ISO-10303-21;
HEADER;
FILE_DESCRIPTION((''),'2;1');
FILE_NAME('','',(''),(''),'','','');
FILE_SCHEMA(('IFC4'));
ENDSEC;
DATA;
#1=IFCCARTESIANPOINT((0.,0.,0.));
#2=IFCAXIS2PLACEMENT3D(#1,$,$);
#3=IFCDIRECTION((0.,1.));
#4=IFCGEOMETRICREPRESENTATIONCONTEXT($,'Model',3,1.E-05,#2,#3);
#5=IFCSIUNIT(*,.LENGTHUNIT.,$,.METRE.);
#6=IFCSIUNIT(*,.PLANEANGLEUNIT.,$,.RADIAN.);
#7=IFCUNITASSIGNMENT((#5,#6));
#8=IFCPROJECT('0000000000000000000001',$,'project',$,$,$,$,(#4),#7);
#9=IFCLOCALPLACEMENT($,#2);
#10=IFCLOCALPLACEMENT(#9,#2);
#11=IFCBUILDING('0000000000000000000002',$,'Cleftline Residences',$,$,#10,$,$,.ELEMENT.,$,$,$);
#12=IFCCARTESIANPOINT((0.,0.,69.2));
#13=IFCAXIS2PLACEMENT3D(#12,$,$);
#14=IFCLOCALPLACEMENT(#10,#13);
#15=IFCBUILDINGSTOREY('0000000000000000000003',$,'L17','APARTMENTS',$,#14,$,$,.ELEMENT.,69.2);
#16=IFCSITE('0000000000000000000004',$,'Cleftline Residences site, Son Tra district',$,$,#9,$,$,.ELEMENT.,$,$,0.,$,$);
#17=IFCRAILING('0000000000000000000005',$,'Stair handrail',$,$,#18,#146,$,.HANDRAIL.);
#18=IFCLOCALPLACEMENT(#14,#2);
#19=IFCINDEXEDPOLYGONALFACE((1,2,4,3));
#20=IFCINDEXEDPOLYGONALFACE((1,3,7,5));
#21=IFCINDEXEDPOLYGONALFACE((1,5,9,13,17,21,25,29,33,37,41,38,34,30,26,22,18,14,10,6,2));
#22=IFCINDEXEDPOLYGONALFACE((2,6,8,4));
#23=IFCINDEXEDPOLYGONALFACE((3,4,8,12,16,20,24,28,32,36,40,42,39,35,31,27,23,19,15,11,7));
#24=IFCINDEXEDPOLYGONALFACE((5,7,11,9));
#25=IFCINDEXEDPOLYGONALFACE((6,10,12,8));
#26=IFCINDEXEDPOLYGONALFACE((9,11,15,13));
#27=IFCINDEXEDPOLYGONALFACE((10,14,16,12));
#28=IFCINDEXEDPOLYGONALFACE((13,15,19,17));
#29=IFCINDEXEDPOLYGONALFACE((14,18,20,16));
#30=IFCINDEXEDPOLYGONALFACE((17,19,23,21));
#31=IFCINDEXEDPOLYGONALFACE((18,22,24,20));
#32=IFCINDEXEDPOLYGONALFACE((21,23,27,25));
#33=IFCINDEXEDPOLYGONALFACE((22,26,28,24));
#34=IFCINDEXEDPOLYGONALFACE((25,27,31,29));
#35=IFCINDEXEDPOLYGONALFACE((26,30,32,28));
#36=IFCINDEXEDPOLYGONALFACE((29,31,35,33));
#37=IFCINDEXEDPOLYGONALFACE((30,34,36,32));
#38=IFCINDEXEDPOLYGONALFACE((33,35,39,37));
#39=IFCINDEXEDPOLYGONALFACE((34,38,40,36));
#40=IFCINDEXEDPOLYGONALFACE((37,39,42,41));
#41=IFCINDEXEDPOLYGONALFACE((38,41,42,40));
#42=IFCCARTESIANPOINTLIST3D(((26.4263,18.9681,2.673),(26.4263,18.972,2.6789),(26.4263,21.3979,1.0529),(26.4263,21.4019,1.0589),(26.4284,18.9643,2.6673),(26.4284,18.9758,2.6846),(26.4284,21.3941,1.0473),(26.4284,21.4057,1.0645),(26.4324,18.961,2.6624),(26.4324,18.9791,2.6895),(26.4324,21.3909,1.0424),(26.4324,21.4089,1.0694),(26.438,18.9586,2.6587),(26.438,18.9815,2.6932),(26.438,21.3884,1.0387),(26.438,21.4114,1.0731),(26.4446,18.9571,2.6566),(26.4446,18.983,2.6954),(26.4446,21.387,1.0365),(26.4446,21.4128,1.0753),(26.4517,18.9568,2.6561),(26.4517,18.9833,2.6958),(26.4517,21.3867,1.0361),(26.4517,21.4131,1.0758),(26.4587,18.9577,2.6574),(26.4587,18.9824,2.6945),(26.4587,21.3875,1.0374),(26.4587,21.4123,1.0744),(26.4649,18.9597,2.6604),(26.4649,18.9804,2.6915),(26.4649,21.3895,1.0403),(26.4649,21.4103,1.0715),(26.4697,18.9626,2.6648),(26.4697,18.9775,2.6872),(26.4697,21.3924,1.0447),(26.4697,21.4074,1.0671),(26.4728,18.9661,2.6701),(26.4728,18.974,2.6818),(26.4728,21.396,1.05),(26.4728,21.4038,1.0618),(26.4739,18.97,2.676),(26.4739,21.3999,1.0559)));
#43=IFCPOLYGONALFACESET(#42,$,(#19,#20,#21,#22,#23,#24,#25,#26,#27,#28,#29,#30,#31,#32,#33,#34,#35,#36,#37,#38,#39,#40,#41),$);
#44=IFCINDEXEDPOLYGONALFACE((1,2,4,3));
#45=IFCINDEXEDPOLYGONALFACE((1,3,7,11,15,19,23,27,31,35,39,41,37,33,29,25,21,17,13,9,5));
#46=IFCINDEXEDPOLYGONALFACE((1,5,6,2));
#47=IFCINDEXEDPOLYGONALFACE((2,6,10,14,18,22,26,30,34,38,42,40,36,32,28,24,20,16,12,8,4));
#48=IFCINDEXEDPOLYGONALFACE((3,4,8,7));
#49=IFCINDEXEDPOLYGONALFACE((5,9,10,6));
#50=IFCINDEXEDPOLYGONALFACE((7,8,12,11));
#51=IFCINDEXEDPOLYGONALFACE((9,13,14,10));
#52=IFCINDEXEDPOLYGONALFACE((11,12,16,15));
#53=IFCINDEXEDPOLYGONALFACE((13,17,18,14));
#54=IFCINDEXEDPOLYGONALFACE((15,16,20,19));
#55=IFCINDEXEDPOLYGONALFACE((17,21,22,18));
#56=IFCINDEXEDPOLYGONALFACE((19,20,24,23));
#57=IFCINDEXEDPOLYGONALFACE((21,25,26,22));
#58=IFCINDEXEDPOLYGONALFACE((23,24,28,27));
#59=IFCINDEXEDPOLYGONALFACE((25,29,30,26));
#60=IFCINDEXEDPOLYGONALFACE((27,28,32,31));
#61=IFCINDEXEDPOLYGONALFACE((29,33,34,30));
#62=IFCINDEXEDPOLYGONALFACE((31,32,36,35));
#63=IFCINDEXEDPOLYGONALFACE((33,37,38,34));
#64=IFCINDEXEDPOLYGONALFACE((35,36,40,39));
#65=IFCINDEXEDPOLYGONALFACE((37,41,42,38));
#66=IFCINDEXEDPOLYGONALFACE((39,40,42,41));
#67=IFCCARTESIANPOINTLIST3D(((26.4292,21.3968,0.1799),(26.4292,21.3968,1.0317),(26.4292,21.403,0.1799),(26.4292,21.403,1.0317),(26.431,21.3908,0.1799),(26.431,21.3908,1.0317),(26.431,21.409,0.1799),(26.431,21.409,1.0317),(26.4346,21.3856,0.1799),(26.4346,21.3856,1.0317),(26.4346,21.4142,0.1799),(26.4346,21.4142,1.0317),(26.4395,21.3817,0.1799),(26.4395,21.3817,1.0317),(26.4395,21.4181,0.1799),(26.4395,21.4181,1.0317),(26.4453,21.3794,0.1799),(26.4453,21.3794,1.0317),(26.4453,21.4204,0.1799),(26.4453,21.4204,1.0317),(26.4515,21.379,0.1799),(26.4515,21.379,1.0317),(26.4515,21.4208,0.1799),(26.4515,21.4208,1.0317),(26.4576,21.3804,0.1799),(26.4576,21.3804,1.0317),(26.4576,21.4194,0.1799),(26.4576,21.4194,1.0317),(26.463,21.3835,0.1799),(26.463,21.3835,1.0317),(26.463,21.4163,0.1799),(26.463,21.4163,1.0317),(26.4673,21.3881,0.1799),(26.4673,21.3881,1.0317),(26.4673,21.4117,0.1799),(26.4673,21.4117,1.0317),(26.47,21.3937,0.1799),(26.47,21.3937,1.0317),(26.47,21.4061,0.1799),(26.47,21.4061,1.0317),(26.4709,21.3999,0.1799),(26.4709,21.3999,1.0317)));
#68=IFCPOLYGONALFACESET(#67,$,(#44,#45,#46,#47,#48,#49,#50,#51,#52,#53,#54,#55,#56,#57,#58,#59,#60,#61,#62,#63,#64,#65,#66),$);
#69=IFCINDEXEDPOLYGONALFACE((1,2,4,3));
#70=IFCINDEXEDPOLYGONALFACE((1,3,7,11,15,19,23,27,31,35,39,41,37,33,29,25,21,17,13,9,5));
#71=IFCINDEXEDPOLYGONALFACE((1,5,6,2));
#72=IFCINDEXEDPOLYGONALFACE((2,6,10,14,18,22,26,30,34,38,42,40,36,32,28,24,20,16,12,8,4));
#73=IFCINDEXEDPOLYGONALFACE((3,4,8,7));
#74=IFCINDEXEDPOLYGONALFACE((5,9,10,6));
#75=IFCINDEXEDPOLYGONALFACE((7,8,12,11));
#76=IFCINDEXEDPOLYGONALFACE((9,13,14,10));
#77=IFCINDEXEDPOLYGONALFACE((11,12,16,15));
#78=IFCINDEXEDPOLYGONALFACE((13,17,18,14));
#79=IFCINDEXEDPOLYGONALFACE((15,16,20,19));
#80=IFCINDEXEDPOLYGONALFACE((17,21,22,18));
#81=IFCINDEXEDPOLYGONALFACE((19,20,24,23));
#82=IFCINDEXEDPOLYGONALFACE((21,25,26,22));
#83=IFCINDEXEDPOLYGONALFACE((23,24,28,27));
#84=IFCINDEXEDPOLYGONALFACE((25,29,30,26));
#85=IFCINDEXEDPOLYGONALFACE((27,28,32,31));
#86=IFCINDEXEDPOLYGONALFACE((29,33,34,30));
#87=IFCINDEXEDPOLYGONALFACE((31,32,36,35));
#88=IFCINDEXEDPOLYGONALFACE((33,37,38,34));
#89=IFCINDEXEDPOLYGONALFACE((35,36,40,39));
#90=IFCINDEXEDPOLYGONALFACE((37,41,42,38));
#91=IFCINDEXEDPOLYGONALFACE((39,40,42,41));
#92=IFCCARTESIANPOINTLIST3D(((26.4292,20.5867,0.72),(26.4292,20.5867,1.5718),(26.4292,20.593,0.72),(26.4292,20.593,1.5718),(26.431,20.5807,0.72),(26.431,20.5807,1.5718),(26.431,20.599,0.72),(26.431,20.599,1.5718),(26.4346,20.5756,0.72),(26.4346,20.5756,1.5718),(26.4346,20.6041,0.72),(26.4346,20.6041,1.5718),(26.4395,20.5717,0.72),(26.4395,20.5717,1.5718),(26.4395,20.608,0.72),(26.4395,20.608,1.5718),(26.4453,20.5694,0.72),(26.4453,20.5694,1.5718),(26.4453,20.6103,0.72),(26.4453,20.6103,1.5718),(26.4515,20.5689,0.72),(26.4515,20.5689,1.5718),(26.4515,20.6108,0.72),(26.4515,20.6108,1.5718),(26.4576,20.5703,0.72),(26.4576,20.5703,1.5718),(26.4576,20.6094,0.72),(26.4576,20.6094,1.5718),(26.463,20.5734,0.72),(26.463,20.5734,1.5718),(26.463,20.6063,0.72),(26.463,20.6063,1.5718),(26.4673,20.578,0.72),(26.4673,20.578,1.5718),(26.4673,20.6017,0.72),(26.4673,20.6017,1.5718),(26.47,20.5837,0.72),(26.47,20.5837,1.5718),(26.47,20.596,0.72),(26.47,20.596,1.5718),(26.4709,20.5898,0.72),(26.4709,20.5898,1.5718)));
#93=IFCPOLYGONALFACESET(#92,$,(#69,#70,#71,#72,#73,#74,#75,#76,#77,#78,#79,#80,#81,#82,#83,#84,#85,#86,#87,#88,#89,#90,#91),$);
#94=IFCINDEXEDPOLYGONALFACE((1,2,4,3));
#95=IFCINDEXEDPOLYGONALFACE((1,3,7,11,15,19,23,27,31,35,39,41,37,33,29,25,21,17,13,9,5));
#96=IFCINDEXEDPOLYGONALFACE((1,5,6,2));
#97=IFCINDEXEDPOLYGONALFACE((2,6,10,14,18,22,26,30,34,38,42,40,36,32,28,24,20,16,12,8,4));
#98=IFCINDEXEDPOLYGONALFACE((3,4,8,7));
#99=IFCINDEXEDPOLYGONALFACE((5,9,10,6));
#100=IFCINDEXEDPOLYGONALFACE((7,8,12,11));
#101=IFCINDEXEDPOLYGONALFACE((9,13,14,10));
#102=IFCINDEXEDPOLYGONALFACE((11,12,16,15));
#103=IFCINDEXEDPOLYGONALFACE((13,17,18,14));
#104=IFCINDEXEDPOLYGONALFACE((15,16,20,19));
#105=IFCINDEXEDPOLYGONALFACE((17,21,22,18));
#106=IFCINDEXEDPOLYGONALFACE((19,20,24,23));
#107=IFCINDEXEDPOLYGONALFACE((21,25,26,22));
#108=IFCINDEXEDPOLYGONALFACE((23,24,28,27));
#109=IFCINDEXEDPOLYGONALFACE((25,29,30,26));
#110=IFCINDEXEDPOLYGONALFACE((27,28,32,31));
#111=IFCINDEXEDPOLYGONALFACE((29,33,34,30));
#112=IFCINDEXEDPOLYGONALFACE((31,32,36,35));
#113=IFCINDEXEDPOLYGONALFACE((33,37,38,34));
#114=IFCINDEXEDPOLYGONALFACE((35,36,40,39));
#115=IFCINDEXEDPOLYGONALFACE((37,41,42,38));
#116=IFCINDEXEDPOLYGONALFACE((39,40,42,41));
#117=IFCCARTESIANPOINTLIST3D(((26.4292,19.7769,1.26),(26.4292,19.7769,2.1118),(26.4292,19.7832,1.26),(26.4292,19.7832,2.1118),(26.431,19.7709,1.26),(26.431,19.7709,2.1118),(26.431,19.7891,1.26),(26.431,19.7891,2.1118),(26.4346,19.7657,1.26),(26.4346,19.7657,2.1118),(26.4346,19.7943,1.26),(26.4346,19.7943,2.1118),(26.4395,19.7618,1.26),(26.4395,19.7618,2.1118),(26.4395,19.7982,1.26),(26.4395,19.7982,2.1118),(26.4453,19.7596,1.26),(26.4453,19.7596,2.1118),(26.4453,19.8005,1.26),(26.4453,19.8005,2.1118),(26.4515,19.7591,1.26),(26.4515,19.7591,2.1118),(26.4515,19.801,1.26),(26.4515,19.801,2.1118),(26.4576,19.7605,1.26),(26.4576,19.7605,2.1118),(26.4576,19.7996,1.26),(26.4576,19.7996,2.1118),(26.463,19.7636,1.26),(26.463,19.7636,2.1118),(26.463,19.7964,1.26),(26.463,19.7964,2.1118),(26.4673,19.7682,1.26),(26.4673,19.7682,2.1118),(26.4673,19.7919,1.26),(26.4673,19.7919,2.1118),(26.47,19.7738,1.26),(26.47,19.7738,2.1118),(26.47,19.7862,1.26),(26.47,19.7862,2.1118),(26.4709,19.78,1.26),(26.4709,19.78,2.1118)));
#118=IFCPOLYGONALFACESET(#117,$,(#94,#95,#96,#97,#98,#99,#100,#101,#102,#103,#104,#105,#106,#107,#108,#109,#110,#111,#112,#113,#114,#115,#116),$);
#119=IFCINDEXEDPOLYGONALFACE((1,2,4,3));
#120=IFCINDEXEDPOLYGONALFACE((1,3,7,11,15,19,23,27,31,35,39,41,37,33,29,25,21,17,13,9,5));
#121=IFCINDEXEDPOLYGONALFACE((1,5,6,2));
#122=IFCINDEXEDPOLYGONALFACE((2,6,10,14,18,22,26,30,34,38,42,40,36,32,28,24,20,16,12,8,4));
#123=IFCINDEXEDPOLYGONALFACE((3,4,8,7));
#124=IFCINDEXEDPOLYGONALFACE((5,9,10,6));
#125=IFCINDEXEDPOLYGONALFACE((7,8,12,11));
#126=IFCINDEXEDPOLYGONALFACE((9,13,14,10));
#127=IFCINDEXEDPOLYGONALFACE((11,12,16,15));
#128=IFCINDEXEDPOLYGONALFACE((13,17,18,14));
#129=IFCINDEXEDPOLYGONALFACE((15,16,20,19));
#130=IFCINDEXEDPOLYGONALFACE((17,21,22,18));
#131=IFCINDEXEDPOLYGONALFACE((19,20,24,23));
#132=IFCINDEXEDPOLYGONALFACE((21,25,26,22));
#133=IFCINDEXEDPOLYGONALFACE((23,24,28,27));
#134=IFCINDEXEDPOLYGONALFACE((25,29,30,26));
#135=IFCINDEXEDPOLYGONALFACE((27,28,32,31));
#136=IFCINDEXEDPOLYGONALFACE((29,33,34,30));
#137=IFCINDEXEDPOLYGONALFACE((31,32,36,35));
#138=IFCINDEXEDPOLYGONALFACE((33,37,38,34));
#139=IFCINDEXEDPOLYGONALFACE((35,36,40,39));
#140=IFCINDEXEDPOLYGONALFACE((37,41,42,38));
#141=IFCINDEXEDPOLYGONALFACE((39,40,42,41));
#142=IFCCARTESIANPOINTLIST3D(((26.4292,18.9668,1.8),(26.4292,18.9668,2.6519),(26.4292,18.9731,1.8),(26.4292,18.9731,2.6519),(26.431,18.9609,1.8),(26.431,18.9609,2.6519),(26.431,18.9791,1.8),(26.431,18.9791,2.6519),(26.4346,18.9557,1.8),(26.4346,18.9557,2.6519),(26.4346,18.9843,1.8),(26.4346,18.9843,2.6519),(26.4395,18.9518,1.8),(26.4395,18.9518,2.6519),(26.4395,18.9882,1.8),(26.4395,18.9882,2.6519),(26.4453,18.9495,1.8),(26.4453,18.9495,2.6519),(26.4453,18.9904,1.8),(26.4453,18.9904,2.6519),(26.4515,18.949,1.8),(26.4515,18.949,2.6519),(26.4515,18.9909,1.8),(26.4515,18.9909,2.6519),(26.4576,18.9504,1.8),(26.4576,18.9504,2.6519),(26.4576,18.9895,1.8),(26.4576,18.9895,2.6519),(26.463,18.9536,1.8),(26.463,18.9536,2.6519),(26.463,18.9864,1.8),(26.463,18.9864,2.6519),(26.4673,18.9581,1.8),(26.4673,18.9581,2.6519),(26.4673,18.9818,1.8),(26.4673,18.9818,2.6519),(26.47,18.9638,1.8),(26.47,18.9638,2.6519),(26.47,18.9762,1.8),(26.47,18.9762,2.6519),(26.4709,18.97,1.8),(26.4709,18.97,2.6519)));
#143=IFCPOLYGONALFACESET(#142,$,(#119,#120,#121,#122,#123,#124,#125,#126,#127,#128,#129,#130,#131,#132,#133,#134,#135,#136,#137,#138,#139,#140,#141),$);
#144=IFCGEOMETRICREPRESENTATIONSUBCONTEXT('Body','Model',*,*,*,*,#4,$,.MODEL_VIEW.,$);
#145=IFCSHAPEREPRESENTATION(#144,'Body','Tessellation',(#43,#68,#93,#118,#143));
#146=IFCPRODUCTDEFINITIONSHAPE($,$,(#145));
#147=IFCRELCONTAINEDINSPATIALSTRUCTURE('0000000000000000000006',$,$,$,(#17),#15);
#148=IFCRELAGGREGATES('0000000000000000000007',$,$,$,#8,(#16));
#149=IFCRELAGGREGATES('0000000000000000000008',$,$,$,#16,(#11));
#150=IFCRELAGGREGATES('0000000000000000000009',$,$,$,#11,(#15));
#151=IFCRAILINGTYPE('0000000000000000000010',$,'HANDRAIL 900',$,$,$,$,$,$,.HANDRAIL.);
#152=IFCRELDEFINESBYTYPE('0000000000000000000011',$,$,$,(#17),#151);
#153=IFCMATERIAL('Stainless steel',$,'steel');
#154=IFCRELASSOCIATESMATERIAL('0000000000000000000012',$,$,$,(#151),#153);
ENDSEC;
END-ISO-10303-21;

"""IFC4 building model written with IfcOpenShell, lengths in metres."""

from ifc_helpers import new_model, si_unit, direction, frame, origin, origin_2d, place, context, subcontext, project, spatial, circle, extrude, material, type_object, element, save


model = new_model("IFC4")

# Units and contexts
model_context = context("Model", 3, precision=1e-05, world=origin(), true_north=direction((0.0, 1.0)))
body_context = subcontext(model_context, "Body", "Model", "MODEL_VIEW")
ifc_project = project(units=[si_unit("LENGTHUNIT", "METRE"), si_unit("PLANEANGLEUNIT", "RADIAN")], contexts=[model_context])

# Site, building, storey
site_placement = place(None, origin())
site = spatial("IfcSite", under=ifc_project, at=site_placement, Name="Cleftline Residences site, Son Tra district", CompositionType="ELEMENT", RefElevation=0.0)
building_placement = place(site_placement, origin())
building = spatial("IfcBuilding", under=site, at=building_placement, Name="Cleftline Residences", CompositionType="ELEMENT")
storey_placement = place(building_placement, frame((0.0, 0.0, 69.2)))
storey = spatial("IfcBuildingStorey", under=building, at=storey_placement, Name="L17", Description="APARTMENTS", CompositionType="ELEMENT", Elevation=69.2)

# Railing
ifc_material_1 = material(Name="Stainless steel", Category="steel")
railing_type = type_object("IfcRailingType", Name="HANDRAIL 900", PredefinedType="HANDRAIL", material=ifc_material_1)
railing_1_placement = place(storey_placement, frame((26.45, 21.3999, 0.1799)))
element("IfcRailing", 1, at=railing_1_placement, inside=storey, type_object=railing_type, Name="Stair handrail", PredefinedType="HANDRAIL", context=body_context, shape_type="SweptSolid", body=[
    extrude(circle(Radius=0.0239, at=origin_2d()), frame((0.0, 0.0, 0.876), z_axis=(0.0, -0.832025, 0.554739), x_axis=(1.0, 0.0, 0.0)), (0.0, 0.0, 1.0), 2.9204),
    extrude(circle(Radius=0.021, at=origin_2d()), origin(), (0.0, 0.0, 1.0), 0.8518),
    extrude(circle(Radius=0.021, at=origin_2d()), frame((0.0, -0.8101, 0.54)), (0.0, 0.0, 1.0), 0.8518),
    extrude(circle(Radius=0.021, at=origin_2d()), frame((0.0, -1.6199, 1.0801)), (0.0, 0.0, 1.0), 0.8518),
    extrude(circle(Radius=0.021, at=origin_2d()), frame((0.0, -2.4299, 1.6201)), (0.0, 0.0, 1.0), 0.8518),
])

save(model, "model.ifc")
